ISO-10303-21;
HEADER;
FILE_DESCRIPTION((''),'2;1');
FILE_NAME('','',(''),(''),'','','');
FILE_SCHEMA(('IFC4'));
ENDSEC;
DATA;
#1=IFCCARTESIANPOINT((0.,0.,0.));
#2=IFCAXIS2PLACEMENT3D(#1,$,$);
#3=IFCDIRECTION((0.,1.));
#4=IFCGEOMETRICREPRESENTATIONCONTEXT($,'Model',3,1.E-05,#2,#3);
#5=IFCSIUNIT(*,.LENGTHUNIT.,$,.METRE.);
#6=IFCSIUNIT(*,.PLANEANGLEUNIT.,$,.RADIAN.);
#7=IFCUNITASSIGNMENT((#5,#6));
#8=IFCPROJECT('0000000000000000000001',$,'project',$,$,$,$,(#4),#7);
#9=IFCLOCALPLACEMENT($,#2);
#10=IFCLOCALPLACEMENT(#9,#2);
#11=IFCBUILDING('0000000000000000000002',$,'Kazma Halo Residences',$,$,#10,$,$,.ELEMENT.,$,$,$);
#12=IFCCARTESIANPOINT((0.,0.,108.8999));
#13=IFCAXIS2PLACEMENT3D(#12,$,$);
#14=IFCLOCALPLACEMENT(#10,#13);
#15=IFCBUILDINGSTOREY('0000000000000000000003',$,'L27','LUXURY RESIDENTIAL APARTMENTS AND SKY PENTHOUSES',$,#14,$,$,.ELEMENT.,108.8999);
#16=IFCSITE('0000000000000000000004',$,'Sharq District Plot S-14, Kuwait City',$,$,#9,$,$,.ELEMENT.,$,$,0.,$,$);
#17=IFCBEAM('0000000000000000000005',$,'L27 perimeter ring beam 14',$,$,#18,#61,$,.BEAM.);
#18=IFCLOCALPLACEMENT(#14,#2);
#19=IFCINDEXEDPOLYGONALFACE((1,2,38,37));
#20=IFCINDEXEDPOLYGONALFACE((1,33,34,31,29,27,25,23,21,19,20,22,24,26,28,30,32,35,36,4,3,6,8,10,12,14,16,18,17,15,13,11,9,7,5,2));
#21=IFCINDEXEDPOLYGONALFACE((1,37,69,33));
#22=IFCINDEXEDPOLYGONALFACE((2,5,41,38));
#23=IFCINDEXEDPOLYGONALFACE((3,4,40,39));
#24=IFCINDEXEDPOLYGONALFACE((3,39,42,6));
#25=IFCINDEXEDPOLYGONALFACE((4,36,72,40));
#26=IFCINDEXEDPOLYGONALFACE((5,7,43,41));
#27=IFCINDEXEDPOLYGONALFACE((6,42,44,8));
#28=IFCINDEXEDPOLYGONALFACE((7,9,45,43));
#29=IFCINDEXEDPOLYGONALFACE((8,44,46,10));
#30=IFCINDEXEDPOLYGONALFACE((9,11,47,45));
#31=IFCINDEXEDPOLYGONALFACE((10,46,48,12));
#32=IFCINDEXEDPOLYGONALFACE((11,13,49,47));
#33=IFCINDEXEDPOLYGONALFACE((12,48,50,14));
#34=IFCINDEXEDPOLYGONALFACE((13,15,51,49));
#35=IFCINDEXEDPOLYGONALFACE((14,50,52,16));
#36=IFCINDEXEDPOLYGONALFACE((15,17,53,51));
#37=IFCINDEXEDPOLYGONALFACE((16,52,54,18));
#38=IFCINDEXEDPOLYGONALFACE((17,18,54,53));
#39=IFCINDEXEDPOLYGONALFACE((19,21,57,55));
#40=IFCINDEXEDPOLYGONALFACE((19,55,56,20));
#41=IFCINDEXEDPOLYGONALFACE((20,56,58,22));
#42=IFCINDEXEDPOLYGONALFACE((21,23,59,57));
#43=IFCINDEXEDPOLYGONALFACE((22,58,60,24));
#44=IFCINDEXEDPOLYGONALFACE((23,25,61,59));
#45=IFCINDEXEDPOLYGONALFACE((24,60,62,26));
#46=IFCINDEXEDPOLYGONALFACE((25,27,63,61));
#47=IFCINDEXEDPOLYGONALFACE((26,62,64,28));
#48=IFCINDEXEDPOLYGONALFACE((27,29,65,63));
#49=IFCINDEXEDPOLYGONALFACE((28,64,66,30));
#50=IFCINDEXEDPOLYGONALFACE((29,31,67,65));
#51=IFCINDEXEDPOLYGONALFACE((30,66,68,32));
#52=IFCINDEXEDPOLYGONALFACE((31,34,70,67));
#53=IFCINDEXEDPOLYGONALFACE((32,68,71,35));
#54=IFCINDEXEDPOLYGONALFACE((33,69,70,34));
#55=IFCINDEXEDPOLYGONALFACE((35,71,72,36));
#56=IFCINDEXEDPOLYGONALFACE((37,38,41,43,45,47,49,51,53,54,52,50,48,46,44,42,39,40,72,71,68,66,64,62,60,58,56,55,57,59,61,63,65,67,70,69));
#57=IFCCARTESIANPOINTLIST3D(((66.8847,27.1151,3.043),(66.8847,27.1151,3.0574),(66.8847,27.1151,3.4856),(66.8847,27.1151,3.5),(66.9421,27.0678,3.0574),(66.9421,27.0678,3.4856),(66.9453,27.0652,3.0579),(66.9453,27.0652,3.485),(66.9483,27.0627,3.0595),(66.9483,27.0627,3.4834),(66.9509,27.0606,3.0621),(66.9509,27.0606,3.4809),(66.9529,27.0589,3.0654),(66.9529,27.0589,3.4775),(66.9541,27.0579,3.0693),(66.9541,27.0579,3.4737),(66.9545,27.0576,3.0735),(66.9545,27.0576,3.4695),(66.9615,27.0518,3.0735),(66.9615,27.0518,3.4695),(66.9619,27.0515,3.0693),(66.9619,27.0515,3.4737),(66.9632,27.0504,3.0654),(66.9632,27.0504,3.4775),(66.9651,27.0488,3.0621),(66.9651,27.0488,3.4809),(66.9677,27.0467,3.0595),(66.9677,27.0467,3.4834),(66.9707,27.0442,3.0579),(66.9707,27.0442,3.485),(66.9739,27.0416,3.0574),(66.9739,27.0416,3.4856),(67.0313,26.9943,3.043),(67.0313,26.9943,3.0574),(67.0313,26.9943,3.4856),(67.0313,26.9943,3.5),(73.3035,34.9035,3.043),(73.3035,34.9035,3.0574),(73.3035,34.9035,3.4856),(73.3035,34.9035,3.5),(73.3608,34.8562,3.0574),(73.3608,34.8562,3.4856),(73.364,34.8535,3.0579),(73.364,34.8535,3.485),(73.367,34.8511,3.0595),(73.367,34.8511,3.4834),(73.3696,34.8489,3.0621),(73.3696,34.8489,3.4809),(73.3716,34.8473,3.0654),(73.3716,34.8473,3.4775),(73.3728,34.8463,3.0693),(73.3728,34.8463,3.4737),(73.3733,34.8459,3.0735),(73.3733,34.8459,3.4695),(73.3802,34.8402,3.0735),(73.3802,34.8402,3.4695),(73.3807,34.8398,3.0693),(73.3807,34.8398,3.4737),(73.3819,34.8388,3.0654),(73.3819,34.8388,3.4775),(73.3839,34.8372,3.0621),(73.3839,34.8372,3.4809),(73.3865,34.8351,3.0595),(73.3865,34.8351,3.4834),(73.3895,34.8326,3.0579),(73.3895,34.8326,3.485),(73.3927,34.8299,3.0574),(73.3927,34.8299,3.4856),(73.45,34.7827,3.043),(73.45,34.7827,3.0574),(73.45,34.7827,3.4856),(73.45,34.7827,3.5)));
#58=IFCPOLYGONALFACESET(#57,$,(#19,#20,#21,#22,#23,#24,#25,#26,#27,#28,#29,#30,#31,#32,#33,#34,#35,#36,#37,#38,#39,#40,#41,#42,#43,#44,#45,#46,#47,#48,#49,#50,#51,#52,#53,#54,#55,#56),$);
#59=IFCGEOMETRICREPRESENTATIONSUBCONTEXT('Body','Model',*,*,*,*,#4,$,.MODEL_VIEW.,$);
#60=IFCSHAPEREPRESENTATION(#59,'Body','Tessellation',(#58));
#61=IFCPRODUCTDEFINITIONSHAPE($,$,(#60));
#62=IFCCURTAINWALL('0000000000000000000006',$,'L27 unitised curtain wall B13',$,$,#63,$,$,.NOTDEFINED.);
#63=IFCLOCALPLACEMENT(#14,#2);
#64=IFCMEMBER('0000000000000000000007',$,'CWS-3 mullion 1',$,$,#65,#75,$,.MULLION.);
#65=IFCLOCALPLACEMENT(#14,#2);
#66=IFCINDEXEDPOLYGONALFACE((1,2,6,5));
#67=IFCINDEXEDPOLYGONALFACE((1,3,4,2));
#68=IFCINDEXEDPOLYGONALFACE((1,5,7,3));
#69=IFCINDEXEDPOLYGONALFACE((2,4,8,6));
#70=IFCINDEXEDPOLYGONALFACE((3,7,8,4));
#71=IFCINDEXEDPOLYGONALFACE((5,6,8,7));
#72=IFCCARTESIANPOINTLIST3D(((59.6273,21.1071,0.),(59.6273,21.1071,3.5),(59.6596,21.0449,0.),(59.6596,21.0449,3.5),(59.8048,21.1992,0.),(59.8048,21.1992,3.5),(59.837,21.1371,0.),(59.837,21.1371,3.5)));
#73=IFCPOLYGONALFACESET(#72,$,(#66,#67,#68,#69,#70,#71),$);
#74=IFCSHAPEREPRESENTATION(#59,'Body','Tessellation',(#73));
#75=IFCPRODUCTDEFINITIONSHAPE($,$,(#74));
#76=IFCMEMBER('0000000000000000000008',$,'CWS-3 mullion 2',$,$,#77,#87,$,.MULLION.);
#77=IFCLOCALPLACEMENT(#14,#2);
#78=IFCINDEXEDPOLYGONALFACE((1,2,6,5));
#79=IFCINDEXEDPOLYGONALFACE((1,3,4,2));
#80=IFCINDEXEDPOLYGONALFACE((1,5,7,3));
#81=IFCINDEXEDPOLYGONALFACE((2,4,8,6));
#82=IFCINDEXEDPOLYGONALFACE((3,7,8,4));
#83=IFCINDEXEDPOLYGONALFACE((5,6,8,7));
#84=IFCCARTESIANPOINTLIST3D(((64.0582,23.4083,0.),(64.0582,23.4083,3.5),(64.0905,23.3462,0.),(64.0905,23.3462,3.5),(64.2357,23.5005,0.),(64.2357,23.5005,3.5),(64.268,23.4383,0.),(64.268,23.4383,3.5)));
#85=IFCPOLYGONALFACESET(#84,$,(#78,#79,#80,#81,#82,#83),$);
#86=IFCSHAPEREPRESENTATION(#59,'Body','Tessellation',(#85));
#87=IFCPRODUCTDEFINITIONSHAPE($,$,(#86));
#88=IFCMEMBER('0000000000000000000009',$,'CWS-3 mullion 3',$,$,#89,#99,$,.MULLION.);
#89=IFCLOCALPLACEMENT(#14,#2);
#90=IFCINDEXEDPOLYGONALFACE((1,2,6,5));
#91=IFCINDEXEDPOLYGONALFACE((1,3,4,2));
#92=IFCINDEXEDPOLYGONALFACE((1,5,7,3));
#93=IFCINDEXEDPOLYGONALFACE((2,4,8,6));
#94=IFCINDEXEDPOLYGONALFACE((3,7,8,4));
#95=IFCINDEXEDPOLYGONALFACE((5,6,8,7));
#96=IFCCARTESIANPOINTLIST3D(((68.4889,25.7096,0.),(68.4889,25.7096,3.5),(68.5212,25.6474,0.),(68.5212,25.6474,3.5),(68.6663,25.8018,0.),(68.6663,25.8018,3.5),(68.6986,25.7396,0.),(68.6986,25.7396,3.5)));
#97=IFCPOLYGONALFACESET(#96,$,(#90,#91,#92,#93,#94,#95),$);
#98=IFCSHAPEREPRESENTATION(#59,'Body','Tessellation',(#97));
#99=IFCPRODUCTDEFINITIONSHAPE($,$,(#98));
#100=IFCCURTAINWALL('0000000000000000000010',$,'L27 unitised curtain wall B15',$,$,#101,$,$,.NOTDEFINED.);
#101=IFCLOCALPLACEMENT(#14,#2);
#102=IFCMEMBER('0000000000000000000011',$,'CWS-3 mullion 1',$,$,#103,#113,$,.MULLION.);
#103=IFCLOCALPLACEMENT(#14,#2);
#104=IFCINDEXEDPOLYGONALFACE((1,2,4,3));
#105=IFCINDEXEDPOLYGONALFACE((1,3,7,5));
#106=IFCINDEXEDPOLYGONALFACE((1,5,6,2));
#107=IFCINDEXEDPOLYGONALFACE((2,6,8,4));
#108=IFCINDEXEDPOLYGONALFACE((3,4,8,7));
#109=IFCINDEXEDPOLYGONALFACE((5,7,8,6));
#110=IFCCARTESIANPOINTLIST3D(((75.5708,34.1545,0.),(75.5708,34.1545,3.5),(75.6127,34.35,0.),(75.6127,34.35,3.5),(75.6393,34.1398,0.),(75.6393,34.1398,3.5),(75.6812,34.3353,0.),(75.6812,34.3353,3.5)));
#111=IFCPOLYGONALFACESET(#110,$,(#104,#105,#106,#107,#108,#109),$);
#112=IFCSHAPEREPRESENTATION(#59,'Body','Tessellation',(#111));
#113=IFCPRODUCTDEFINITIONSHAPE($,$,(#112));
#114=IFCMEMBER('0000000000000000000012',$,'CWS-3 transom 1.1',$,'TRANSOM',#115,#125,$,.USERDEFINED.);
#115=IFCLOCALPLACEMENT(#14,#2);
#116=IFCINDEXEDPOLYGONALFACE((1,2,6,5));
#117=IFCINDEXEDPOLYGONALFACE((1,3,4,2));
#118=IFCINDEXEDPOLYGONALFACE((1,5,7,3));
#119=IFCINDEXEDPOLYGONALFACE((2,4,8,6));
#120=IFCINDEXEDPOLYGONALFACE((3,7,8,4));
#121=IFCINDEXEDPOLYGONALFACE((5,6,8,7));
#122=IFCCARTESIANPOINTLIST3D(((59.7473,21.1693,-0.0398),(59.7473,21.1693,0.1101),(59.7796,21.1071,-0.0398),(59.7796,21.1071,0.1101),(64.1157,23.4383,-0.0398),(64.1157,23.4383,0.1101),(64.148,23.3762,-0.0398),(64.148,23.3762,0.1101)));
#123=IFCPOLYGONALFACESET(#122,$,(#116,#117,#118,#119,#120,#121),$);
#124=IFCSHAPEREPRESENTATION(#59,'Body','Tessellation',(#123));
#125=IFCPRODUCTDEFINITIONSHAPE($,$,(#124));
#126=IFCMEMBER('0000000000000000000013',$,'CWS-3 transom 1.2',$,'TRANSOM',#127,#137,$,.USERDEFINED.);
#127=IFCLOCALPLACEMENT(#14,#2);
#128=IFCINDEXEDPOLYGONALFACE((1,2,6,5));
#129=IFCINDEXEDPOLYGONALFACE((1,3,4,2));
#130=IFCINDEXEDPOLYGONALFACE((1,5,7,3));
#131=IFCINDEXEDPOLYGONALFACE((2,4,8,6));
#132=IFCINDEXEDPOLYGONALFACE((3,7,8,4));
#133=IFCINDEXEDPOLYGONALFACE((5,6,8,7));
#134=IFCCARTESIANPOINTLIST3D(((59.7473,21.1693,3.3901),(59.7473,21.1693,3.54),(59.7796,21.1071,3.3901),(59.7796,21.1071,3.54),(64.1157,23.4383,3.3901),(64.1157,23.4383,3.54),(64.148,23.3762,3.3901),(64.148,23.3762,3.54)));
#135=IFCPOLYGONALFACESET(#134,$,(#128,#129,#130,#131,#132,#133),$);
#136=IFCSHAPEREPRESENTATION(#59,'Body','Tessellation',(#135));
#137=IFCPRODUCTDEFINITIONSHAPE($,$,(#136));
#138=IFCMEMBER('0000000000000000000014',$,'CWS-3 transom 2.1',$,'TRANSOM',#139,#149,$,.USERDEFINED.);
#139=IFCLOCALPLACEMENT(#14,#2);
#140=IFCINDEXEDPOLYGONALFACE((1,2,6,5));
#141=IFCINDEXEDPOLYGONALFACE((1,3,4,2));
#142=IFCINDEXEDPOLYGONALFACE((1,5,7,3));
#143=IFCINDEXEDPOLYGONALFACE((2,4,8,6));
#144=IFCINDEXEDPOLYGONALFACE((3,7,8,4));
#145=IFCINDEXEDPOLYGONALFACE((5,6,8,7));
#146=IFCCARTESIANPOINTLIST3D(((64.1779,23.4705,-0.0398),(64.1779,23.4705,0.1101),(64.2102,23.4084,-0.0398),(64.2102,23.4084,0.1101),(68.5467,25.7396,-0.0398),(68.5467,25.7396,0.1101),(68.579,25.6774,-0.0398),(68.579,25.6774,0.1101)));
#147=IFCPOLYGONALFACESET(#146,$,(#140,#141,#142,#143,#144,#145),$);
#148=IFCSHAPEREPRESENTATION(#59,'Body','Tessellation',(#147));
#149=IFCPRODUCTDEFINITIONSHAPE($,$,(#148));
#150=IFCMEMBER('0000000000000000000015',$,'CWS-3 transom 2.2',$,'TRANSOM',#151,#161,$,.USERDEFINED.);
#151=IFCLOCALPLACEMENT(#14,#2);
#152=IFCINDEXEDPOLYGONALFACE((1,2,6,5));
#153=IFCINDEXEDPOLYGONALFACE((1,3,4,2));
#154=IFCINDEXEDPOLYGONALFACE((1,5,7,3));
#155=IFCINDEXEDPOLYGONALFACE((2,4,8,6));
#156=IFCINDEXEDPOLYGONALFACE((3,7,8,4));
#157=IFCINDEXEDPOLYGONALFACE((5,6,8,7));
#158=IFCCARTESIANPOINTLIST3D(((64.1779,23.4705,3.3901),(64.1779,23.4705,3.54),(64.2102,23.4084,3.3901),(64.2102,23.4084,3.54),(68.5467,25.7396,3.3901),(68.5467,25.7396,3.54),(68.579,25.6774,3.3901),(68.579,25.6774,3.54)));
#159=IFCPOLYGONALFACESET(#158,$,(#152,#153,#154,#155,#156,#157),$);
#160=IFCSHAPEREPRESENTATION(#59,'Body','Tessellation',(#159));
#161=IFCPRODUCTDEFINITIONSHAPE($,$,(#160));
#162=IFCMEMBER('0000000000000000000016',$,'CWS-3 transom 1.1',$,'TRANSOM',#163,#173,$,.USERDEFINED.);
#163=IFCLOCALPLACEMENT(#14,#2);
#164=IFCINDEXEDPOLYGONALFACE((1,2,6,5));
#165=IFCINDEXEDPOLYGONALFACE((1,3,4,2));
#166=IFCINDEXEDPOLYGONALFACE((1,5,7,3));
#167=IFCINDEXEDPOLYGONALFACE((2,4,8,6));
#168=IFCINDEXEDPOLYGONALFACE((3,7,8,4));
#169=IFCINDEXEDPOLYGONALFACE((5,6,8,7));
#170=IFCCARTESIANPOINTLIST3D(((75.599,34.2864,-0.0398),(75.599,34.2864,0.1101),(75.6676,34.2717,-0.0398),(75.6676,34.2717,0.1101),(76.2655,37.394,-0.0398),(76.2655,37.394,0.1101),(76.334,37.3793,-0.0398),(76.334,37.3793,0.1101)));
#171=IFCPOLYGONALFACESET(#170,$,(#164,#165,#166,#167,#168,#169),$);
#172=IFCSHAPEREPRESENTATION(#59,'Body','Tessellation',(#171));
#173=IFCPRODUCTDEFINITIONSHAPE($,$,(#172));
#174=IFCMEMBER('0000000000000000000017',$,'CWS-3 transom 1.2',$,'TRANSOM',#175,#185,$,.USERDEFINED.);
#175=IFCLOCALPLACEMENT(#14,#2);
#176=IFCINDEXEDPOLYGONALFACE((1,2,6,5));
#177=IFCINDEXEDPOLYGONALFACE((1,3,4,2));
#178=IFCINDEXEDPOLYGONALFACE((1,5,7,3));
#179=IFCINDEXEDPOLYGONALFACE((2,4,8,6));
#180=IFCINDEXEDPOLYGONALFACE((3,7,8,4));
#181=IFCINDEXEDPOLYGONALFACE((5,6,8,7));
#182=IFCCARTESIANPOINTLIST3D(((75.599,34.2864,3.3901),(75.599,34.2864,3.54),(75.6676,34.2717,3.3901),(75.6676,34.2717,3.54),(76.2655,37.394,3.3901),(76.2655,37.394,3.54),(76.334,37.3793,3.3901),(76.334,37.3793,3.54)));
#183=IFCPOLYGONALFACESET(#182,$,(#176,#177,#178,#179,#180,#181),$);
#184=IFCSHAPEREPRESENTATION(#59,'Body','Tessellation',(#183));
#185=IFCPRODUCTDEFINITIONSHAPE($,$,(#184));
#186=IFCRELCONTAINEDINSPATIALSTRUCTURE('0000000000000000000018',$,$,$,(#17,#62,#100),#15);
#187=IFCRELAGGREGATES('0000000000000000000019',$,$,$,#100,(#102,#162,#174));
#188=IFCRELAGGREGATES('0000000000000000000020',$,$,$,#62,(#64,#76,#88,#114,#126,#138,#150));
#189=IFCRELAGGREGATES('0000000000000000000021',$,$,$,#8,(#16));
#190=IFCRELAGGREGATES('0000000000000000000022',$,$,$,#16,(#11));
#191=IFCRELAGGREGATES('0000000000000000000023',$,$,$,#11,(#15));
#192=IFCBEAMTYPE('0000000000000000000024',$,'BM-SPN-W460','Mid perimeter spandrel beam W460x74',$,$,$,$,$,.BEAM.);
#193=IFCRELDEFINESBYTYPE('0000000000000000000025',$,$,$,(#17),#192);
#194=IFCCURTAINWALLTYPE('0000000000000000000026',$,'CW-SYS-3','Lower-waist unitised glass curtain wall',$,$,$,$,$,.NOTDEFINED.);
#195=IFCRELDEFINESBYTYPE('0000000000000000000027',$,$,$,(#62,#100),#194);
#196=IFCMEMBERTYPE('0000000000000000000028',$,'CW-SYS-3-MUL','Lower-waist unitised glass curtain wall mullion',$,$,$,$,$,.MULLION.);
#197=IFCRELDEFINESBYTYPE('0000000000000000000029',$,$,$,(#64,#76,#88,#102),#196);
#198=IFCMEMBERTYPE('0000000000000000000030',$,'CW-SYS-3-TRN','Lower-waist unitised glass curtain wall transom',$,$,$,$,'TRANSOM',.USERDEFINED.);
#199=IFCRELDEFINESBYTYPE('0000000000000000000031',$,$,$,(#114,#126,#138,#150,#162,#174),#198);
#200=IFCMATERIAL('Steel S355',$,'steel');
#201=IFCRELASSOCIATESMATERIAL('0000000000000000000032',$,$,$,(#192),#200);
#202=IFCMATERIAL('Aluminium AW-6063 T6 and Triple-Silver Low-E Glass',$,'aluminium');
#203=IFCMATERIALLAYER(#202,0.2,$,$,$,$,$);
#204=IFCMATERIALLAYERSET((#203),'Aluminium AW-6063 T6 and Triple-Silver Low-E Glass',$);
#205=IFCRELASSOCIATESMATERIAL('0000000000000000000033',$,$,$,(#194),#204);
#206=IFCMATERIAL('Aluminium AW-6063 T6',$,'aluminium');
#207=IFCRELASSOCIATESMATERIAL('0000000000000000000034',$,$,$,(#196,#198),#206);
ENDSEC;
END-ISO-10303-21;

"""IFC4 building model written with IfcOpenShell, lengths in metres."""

from ifc_helpers import new_model, si_unit, direction, frame, origin, origin_2d, place, context, subcontext, project, spatial, rectangle, i_section, extrude, material, layer, layer_set, material_profile, profile_set, type_object, element, aggregate, save


model = new_model("IFC4")

# Units and contexts
model_context = context("Model", 3, precision=1e-05, world=origin(), true_north=direction((0.0, 1.0)))
body_context = subcontext(model_context, "Body", "Model", "MODEL_VIEW")
ifc_project = project(units=[si_unit("LENGTHUNIT", "METRE"), si_unit("PLANEANGLEUNIT", "RADIAN")], contexts=[model_context])

# Site, building, storey
site_placement = place(None, origin())
site = spatial("IfcSite", under=ifc_project, at=site_placement, Name="Sharq District Plot S-14, Kuwait City", CompositionType="ELEMENT", RefElevation=0.0)
building_placement = place(site_placement, origin())
building = spatial("IfcBuilding", under=site, at=building_placement, Name="Kazma Halo Residences", CompositionType="ELEMENT")
storey_placement = place(building_placement, frame((0.0, 0.0, 108.8999)))
storey = spatial("IfcBuildingStorey", under=building, at=storey_placement, Name="L27", Description="LUXURY RESIDENTIAL APARTMENTS AND SKY PENTHOUSES", CompositionType="ELEMENT", Elevation=108.8999)

# Beam
ifc_material_1 = material(Name="Steel S355", Category="steel")
ifc_material_profile_1 = material_profile(ifc_material_1, i_section(OverallWidth=0.1899, OverallDepth=0.457, WebThickness=0.009, FlangeThickness=0.0144, FilletRadius=0.0161, at=origin_2d()), Name="W460x74")
ifc_profile_set_1 = profile_set([ifc_material_profile_1], Name="Steel S355")
beam_type_1 = type_object("IfcBeamType", Name="BM-SPN-W460", Description="Mid perimeter spandrel beam W460x74", PredefinedType="BEAM", material=ifc_profile_set_1)
beam_1_placement = place(storey_placement, frame((66.958, 27.0547, 3.2715), z_axis=(0.63599, 0.771698, 0.0), x_axis=(-0.771698, 0.63599, 0.0)))
element("IfcBeam", 1, at=beam_1_placement, inside=storey, type_object=beam_type_1, Name="L27 perimeter ring beam 14", PredefinedType="BEAM", context=body_context, shape_type="SweptSolid", body=[
    extrude(i_section(OverallWidth=0.1899, OverallDepth=0.457, WebThickness=0.009, FlangeThickness=0.0144, FilletRadius=0.0161, at=origin_2d()), origin(), (0.0, 0.0, 1.0), 10.0925),
])

# Curtain wall, members
ifc_material_2 = material(Name="Aluminium AW-6063 T6 and Triple-Silver Low-E Glass", Category="aluminium")
ifc_layer_1 = layer(ifc_material_2, 0.2)
ifc_layer_set_1 = layer_set([ifc_layer_1], Name="Aluminium AW-6063 T6 and Triple-Silver Low-E Glass")
curtain_wall_type = type_object("IfcCurtainWallType", Name="CW-SYS-3", Description="Lower-waist unitised glass curtain wall", PredefinedType="NOTDEFINED", material=ifc_layer_set_1)
curtain_wall_1_placement = place(storey_placement, origin())
curtain_wall_1 = element("IfcCurtainWall", 2, at=curtain_wall_1_placement, inside=storey, type_object=curtain_wall_type, Name="L27 unitised curtain wall B13", PredefinedType="NOTDEFINED")
ifc_material_3 = material(Name="Aluminium AW-6063 T6", Category="aluminium")
ifc_material_profile_2 = material_profile(ifc_material_3, rectangle(XDim=0.0701, YDim=0.2, at=origin_2d()), Name="CWM-70x200")
ifc_profile_set_2 = profile_set([ifc_material_profile_2], Name="Aluminium AW-6063 T6")
member_type_1 = type_object("IfcMemberType", Name="CW-SYS-3-MUL", Description="Lower-waist unitised glass curtain wall mullion", PredefinedType="MULLION", material=ifc_profile_set_2)
member_1_placement = place(storey_placement, frame((59.7322, 21.1221, 0.0), z_axis=(0.0, 0.0, 1.0), x_axis=(-0.460932, 0.887435, 0.0)))
member_1 = element("IfcMember", 3, at=member_1_placement, type_object=member_type_1, Name="CWS-3 mullion 1", PredefinedType="MULLION", context=body_context, shape_type="SweptSolid", body=[
    extrude(rectangle(XDim=0.0701, YDim=0.2, at=origin_2d()), origin(), (0.0, 0.0, 1.0), 3.5),
])
member_2_placement = place(storey_placement, frame((64.1631, 23.4233, 0.0), z_axis=(0.0, 0.0, 1.0), x_axis=(-0.460932, 0.887435, 0.0)))
member_2 = element("IfcMember", 4, at=member_2_placement, type_object=member_type_1, Name="CWS-3 mullion 2", PredefinedType="MULLION", context=body_context, shape_type="SweptSolid", body=[
    extrude(rectangle(XDim=0.0701, YDim=0.2, at=origin_2d()), origin(), (0.0, 0.0, 1.0), 3.5),
])
member_3_placement = place(storey_placement, frame((68.5938, 25.7246, 0.0), z_axis=(0.0, 0.0, 1.0), x_axis=(-0.460932, 0.887435, 0.0)))
member_3 = element("IfcMember", 5, at=member_3_placement, type_object=member_type_1, Name="CWS-3 mullion 3", PredefinedType="MULLION", context=body_context, shape_type="SweptSolid", body=[
    extrude(rectangle(XDim=0.0701, YDim=0.2, at=origin_2d()), origin(), (0.0, 0.0, 1.0), 3.5),
])

# Curtain wall, member
curtain_wall_2_placement = place(storey_placement, origin())
curtain_wall_2 = element("IfcCurtainWall", 6, at=curtain_wall_2_placement, inside=storey, type_object=curtain_wall_type, Name="L27 unitised curtain wall B15", PredefinedType="NOTDEFINED")
member_4_placement = place(storey_placement, frame((75.626, 34.2449, 0.0), z_axis=(0.0, 0.0, 1.0), x_axis=(-0.977774, 0.209661, 0.0)))
member_4 = element("IfcMember", 7, at=member_4_placement, type_object=member_type_1, Name="CWS-3 mullion 1", PredefinedType="MULLION", context=body_context, shape_type="SweptSolid", body=[
    extrude(rectangle(XDim=0.0701, YDim=0.2, at=origin_2d()), origin(), (0.0, 0.0, 1.0), 3.5),
])

# Members
ifc_material_profile_3 = material_profile(ifc_material_3, rectangle(XDim=0.0701, YDim=0.1499, at=origin_2d()), Name="CWT-70x150")
ifc_profile_set_3 = profile_set([ifc_material_profile_3], Name="Aluminium AW-6063 T6")
member_type_2 = type_object("IfcMemberType", Name="CW-SYS-3-TRN", Description="Lower-waist unitised glass curtain wall transom", ElementType="TRANSOM", PredefinedType="USERDEFINED", material=ifc_profile_set_3)
member_5_placement = place(storey_placement, frame((59.7634, 21.1382, 0.0352), z_axis=(0.887427, 0.460948, 0.0), x_axis=(-0.460948, 0.887427, 0.0)))
member_5 = element("IfcMember", 8, at=member_5_placement, type_object=member_type_2, Name="CWS-3 transom 1.1", ObjectType="TRANSOM", PredefinedType="USERDEFINED", context=body_context, shape_type="SweptSolid", body=[
    extrude(rectangle(XDim=0.0701, YDim=0.1499, at=origin_2d()), origin(), (0.0, 0.0, 1.0), 4.9226),
])
member_6_placement = place(storey_placement, frame((59.7634, 21.1382, 3.4651), z_axis=(0.887427, 0.460948, 0.0), x_axis=(-0.460948, 0.887427, 0.0)))
member_6 = element("IfcMember", 9, at=member_6_placement, type_object=member_type_2, Name="CWS-3 transom 1.2", ObjectType="TRANSOM", PredefinedType="USERDEFINED", context=body_context, shape_type="SweptSolid", body=[
    extrude(rectangle(XDim=0.0701, YDim=0.1499, at=origin_2d()), origin(), (0.0, 0.0, 1.0), 4.9226),
])
member_7_placement = place(storey_placement, frame((64.1941, 23.4395, 0.0352), z_axis=(0.887438, 0.460928, 0.0), x_axis=(-0.460928, 0.887438, 0.0)))
member_7 = element("IfcMember", 10, at=member_7_placement, type_object=member_type_2, Name="CWS-3 transom 2.1", ObjectType="TRANSOM", PredefinedType="USERDEFINED", context=body_context, shape_type="SweptSolid", body=[
    extrude(rectangle(XDim=0.0701, YDim=0.1499, at=origin_2d()), origin(), (0.0, 0.0, 1.0), 4.9229),
])
member_8_placement = place(storey_placement, frame((64.1941, 23.4395, 3.4651), z_axis=(0.887438, 0.460928, 0.0), x_axis=(-0.460928, 0.887438, 0.0)))
member_8 = element("IfcMember", 11, at=member_8_placement, type_object=member_type_2, Name="CWS-3 transom 2.2", ObjectType="TRANSOM", PredefinedType="USERDEFINED", context=body_context, shape_type="SweptSolid", body=[
    extrude(rectangle(XDim=0.0701, YDim=0.1499, at=origin_2d()), origin(), (0.0, 0.0, 1.0), 4.9229),
])
member_9_placement = place(storey_placement, frame((75.6333, 34.2791, 0.0352), z_axis=(0.209702, 0.977765, 0.0), x_axis=(-0.977765, 0.209702, 0.0)))
member_9 = element("IfcMember", 12, at=member_9_placement, type_object=member_type_2, Name="CWS-3 transom 1.1", ObjectType="TRANSOM", PredefinedType="USERDEFINED", context=body_context, shape_type="SweptSolid", body=[
    extrude(rectangle(XDim=0.0701, YDim=0.1499, at=origin_2d()), origin(), (0.0, 0.0, 1.0), 3.1782),
])
member_10_placement = place(storey_placement, frame((75.6333, 34.2791, 3.4651), z_axis=(0.209702, 0.977765, 0.0), x_axis=(-0.977765, 0.209702, 0.0)))
member_10 = element("IfcMember", 13, at=member_10_placement, type_object=member_type_2, Name="CWS-3 transom 1.2", ObjectType="TRANSOM", PredefinedType="USERDEFINED", context=body_context, shape_type="SweptSolid", body=[
    extrude(rectangle(XDim=0.0701, YDim=0.1499, at=origin_2d()), origin(), (0.0, 0.0, 1.0), 3.1782),
])
aggregate(curtain_wall_2, [member_4, member_9, member_10])

aggregate(curtain_wall_1, [member_1, member_2, member_3, member_5, member_6, member_7, member_8])

save(model, "model.ifc")
